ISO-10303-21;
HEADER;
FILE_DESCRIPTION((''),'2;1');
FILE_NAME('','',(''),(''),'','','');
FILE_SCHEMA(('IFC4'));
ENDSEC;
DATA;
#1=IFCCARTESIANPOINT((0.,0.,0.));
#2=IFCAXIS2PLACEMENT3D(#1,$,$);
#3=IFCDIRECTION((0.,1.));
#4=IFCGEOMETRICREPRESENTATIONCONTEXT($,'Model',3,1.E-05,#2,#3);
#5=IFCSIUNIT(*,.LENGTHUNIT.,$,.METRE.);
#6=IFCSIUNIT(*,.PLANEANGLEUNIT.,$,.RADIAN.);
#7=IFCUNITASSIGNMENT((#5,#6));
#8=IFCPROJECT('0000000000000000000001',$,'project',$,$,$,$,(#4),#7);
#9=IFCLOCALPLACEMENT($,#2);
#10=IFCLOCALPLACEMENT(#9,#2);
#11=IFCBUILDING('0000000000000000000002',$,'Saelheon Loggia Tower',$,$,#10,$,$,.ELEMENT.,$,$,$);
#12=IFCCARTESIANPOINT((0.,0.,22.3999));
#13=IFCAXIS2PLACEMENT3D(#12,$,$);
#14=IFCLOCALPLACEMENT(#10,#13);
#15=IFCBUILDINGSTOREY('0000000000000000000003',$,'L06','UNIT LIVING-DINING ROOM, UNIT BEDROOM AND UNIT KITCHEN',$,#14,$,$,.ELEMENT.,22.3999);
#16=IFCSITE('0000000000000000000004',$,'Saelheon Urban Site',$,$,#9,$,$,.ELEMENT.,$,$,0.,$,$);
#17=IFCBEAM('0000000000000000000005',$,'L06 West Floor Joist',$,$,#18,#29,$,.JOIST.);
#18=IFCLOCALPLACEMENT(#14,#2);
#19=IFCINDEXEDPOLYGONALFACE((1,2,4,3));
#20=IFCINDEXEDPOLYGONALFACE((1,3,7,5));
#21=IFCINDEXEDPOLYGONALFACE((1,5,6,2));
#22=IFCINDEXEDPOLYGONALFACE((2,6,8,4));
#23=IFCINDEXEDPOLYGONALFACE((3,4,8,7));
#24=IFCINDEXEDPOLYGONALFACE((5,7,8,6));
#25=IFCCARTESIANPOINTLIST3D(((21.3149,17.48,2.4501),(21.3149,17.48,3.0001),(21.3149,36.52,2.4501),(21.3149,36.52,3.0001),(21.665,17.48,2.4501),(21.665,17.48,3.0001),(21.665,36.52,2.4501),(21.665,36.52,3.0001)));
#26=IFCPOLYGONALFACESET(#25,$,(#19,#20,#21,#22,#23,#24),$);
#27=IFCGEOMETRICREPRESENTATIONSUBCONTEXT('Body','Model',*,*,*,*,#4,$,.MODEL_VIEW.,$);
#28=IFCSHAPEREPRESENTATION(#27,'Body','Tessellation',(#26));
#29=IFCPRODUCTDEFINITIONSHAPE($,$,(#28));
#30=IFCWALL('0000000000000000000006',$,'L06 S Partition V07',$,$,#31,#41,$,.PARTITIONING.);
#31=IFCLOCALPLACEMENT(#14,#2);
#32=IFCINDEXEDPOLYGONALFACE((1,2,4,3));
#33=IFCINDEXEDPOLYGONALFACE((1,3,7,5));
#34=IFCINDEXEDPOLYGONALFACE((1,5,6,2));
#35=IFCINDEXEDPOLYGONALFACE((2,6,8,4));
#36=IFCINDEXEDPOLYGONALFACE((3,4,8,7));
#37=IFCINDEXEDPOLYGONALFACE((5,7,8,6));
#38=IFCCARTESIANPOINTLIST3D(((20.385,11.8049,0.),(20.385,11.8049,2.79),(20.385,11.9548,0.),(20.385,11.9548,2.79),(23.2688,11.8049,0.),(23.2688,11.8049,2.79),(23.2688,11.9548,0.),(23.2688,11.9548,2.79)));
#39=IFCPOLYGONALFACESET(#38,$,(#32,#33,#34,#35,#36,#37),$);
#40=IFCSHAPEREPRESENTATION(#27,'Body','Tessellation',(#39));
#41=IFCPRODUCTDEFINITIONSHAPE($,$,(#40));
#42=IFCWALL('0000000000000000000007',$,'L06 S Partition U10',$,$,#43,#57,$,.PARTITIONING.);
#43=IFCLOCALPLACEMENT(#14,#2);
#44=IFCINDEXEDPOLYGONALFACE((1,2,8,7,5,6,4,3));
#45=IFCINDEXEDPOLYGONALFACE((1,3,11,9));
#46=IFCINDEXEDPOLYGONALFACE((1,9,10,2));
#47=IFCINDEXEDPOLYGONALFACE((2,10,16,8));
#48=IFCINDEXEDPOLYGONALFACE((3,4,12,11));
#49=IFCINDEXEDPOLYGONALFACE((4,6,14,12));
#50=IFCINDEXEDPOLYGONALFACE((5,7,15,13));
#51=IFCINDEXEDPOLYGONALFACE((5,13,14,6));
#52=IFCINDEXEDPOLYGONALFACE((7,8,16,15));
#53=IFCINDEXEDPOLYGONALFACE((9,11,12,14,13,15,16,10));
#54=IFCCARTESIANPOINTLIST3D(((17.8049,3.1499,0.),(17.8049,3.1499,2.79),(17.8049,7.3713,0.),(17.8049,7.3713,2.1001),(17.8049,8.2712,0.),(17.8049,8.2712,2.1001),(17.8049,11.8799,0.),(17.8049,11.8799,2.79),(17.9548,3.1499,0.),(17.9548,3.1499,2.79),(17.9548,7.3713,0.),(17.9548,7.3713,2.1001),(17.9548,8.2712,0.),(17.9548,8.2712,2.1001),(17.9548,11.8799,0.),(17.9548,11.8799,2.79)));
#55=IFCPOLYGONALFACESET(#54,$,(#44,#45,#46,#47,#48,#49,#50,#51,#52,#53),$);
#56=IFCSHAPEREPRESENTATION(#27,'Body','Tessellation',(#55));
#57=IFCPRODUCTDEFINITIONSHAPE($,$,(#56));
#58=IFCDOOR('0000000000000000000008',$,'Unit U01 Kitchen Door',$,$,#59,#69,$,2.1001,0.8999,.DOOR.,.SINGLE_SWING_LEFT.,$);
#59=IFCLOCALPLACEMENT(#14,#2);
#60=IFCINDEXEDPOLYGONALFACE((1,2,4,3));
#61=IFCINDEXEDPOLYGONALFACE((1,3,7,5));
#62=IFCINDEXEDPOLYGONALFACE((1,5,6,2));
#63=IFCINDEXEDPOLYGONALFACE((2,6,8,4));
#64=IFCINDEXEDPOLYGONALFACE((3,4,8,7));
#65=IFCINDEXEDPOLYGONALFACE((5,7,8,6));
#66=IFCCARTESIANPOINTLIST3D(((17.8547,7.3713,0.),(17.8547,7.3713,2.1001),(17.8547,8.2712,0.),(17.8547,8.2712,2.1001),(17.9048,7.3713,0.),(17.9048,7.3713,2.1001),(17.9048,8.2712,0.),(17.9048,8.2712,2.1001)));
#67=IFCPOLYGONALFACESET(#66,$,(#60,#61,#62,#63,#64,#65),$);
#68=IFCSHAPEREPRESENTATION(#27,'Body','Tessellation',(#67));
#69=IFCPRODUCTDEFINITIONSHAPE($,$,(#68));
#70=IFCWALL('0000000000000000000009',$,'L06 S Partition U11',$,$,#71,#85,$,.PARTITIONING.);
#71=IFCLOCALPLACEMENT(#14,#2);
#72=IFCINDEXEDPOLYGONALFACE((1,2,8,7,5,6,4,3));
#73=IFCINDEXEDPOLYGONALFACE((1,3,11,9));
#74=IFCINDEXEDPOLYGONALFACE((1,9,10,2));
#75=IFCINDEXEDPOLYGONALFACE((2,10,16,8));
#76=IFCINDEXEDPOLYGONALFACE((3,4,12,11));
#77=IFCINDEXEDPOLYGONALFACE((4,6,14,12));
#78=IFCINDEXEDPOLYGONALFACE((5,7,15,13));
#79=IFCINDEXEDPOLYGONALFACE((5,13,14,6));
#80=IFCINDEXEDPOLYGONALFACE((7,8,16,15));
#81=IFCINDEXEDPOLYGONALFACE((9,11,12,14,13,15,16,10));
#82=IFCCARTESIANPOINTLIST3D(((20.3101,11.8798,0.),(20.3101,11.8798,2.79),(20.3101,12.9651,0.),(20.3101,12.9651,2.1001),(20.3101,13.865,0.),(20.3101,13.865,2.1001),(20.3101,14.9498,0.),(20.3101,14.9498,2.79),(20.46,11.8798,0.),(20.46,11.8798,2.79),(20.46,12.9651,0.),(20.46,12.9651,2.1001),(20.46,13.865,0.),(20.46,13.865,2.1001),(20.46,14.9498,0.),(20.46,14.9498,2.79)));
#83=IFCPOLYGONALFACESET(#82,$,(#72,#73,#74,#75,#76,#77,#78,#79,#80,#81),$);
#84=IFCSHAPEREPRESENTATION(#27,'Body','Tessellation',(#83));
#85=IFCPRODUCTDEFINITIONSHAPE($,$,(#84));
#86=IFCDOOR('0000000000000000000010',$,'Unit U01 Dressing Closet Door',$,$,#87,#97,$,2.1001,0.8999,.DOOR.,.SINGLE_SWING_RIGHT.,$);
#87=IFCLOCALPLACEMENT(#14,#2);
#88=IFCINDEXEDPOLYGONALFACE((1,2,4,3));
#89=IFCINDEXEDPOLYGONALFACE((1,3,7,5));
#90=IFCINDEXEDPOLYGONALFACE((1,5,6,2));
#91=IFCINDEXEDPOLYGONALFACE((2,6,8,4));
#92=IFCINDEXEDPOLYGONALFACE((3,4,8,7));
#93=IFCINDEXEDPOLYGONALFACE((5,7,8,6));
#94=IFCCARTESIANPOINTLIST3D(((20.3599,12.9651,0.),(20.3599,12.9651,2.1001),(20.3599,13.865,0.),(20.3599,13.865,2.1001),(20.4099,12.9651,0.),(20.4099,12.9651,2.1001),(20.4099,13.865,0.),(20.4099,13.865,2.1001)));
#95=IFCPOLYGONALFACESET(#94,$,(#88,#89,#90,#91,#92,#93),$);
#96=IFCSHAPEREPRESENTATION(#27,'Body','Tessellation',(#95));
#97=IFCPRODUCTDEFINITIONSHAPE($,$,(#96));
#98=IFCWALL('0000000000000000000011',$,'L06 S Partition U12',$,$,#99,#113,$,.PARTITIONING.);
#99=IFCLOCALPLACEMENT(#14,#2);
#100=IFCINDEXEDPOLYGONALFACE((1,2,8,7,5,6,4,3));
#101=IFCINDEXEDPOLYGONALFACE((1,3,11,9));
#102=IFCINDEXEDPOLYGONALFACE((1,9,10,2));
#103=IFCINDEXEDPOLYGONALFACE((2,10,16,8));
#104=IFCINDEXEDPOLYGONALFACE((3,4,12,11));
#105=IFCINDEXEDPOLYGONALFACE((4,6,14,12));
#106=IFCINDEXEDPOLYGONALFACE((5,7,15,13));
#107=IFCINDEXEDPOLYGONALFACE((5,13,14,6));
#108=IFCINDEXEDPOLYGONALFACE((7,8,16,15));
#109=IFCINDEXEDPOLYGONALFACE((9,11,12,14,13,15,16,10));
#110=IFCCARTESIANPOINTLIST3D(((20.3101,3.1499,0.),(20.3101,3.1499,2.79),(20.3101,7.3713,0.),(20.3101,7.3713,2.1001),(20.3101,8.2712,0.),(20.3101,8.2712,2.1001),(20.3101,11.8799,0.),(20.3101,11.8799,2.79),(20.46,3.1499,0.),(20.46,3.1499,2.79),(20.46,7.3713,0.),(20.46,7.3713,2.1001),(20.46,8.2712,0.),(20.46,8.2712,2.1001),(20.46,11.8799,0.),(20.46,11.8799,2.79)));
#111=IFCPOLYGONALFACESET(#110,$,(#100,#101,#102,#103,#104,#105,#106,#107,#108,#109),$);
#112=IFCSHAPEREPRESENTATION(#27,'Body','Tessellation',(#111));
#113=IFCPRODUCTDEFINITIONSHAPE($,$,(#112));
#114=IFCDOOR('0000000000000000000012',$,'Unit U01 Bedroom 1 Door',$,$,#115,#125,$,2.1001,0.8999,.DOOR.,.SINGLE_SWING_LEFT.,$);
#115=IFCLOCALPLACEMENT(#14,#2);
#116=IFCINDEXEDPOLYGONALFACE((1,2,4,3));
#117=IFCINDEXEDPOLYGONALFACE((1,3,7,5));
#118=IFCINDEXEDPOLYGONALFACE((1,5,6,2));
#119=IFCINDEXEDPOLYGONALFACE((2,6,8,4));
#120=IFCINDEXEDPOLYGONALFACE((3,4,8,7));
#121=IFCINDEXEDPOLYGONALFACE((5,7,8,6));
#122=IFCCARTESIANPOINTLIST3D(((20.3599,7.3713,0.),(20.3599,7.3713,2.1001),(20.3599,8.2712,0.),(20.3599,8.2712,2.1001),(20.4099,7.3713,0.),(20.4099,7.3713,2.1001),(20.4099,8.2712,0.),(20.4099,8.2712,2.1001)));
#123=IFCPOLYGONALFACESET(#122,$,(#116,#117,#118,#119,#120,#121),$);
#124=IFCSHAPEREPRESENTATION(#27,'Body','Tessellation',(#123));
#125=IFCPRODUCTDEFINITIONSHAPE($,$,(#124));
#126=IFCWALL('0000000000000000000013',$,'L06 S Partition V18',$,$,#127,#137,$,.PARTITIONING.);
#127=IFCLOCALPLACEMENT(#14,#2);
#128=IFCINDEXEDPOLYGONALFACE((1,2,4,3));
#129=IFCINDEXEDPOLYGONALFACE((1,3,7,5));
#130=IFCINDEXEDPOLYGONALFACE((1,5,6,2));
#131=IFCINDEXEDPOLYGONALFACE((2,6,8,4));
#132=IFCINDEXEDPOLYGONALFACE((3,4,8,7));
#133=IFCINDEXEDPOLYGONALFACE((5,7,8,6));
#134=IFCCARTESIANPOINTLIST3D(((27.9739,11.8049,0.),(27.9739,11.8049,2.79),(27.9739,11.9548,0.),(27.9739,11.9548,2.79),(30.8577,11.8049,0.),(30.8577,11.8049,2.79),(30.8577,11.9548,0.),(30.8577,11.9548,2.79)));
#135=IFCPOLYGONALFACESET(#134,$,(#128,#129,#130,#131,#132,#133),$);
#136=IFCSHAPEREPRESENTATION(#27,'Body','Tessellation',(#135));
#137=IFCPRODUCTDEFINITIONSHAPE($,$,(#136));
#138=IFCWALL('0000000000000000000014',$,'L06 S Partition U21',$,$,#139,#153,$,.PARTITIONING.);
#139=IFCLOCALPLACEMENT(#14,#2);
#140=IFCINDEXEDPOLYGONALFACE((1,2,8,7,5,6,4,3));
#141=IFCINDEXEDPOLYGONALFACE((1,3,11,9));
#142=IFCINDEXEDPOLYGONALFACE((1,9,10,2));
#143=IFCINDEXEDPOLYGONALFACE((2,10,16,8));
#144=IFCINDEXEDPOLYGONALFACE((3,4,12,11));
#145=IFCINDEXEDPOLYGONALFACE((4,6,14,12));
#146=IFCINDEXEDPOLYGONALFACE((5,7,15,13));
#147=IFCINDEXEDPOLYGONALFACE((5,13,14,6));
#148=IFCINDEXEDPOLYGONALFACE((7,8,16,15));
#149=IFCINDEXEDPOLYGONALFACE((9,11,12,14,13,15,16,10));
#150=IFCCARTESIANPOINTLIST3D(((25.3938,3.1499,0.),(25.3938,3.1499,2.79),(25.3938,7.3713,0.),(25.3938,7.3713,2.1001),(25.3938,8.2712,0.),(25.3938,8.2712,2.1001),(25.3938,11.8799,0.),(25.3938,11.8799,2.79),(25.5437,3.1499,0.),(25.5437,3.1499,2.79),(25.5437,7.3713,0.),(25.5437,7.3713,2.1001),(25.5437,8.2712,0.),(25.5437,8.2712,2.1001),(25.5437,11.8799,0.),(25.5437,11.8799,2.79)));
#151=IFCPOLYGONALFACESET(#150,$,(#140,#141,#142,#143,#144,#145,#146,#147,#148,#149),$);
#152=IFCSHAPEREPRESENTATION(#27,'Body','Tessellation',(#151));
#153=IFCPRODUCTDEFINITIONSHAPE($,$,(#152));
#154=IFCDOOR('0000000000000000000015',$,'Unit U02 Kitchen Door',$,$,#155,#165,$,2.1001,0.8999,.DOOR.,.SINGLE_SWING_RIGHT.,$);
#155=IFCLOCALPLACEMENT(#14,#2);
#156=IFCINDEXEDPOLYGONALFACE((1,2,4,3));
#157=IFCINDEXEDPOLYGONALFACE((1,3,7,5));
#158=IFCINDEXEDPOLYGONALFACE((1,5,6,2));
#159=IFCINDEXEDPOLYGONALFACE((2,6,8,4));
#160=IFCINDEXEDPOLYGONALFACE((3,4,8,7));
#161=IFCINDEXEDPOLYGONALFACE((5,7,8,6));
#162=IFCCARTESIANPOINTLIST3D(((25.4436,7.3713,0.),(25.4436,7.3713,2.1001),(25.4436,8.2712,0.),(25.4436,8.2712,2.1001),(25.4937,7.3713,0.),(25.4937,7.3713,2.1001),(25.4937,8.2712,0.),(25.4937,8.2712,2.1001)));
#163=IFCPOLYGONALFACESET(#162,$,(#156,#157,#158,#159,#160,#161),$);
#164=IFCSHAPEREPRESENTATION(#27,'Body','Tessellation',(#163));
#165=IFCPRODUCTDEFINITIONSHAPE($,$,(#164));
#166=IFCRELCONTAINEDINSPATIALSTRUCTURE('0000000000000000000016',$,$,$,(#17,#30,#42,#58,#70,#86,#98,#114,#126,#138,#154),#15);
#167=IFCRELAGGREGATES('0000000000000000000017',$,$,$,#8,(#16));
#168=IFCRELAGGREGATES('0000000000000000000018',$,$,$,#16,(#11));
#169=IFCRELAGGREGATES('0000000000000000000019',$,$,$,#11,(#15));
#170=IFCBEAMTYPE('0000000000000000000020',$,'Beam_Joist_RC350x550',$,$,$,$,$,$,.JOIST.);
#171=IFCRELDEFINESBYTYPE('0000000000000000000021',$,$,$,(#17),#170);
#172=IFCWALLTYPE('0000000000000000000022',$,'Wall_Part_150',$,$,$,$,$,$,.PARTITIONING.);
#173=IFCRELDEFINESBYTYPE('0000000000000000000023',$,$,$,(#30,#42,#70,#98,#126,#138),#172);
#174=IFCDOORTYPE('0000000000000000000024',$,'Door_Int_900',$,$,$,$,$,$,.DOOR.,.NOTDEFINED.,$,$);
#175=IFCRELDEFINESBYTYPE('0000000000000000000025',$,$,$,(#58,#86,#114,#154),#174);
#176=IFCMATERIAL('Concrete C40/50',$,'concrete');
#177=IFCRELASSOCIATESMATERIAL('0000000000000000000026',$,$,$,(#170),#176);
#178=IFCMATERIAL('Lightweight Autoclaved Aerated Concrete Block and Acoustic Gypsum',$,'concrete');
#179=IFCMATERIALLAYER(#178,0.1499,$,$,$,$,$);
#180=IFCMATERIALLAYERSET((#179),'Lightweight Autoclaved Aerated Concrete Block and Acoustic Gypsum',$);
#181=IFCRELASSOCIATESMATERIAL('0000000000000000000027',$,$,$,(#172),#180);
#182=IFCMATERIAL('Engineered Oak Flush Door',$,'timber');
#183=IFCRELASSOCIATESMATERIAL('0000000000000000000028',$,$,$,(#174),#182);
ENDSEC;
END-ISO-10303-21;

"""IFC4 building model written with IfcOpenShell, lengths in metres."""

from ifc_helpers import new_model, si_unit, direction, frame, frame_2d, origin, origin_2d, place, context, subcontext, project, spatial, rectangle, extrude, source, transform, mapped, material, layer, layer_set, material_profile, profile_set, type_object, element, fill, save


model = new_model("IFC4")

# Units and contexts
model_context = context("Model", 3, precision=1e-05, world=origin(), true_north=direction((0.0, 1.0)))
body_context = subcontext(model_context, "Body", "Model", "MODEL_VIEW")
ifc_project = project(units=[si_unit("LENGTHUNIT", "METRE"), si_unit("PLANEANGLEUNIT", "RADIAN")], contexts=[model_context])

# Site, building, storey
site_placement = place(None, origin())
site = spatial("IfcSite", under=ifc_project, at=site_placement, Name="Saelheon Urban Site", CompositionType="ELEMENT", RefElevation=0.0)
building_placement = place(site_placement, origin())
building = spatial("IfcBuilding", under=site, at=building_placement, Name="Saelheon Loggia Tower", CompositionType="ELEMENT")
storey_placement = place(building_placement, frame((0.0, 0.0, 22.3999)))
storey = spatial("IfcBuildingStorey", under=building, at=storey_placement, Name="L06", Description="UNIT LIVING-DINING ROOM, UNIT BEDROOM AND UNIT KITCHEN", CompositionType="ELEMENT", Elevation=22.3999)

# Beam
ifc_material_1 = material(Name="Concrete C40/50", Category="concrete")
ifc_material_profile = material_profile(ifc_material_1, rectangle(XDim=0.3501, YDim=0.55, at=origin_2d()), Name="RC-350x550")
ifc_profile_set = profile_set([ifc_material_profile], Name="Concrete C40/50")
beam_type = type_object("IfcBeamType", Name="Beam_Joist_RC350x550", PredefinedType="JOIST", material=ifc_profile_set)
shared_shape_1 = source(origin(), body_context, "Body", "SweptSolid", [
    extrude(rectangle(XDim=0.3501, YDim=0.55, at=origin_2d()), origin(), (0.0, 0.0, 1.0), 19.04),
])
beam_placement = place(storey_placement, frame((21.49, 17.48, 2.7251), z_axis=(0.0, 1.0, 0.0), x_axis=(-1.0, 0.0, 0.0)))
element("IfcBeam", 1, at=beam_placement, inside=storey, type_object=beam_type, Name="L06 West Floor Joist", PredefinedType="JOIST", context=body_context, shape_type="MappedRepresentation", body=[
    mapped(shared_shape_1, transform((0.0, 0.0, 0.0), scale=1.0)),
])

# Wall
ifc_material_2 = material(Name="Lightweight Autoclaved Aerated Concrete Block and Acoustic Gypsum", Category="concrete")
ifc_layer_1 = layer(ifc_material_2, 0.1499)
ifc_layer_set_1 = layer_set([ifc_layer_1], Name="Lightweight Autoclaved Aerated Concrete Block and Acoustic Gypsum")
wall_type_1 = type_object("IfcWallType", Name="Wall_Part_150", PredefinedType="PARTITIONING", material=ifc_layer_set_1)
wall_1_placement = place(storey_placement, frame((20.385, 11.8799, 0.0), z_axis=(0.0, 0.0, 1.0), x_axis=(1.0, 0.0, 0.0)))
element("IfcWall", 2, at=wall_1_placement, inside=storey, type_object=wall_type_1, Name="L06 S Partition V07", PredefinedType="PARTITIONING", context=body_context, shape_type="SweptSolid", body=[
    extrude(rectangle(XDim=2.8838, YDim=0.1499, at=frame_2d((1.4419, 0.0))), origin(), (0.0, 0.0, 1.0), 2.79),
])

# Walls, openings, doors
wall_2_placement = place(storey_placement, frame((17.8799, 11.8799, 0.0), z_axis=(0.0, 0.0, 1.0), x_axis=(0.0, -1.0, 0.0)))
wall_2 = element("IfcWall", 3, at=wall_2_placement, inside=storey, type_object=wall_type_1, Name="L06 S Partition U10", PredefinedType="PARTITIONING", context=body_context, shape_type="SweptSolid", body=[
    extrude(rectangle(XDim=8.73, YDim=0.1499, at=frame_2d((4.365, 0.0))), origin(), (0.0, 0.0, 1.0), 2.79),
])
opening_1_placement = place(wall_2_placement, frame((3.6086, 0.0, 0.0)))
opening_1 = element("IfcOpeningElement", 4, at=opening_1_placement, cuts=wall_2, PredefinedType="OPENING", context=body_context, shape_type="SweptSolid", body=[
    extrude(rectangle(XDim=0.8999, YDim=2.1001, at=frame_2d((0.45, 1.05))), frame((0.0, 0.0869, 0.0), z_axis=(0.0, -1.0, 0.0), x_axis=(1.0, 0.0, 0.0)), (0.0, 0.0, 1.0), 0.1738),
])
ifc_material_3 = material(Name="Engineered Oak Flush Door", Category="timber")
door_type_1 = type_object("IfcDoorType", Name="Door_Int_900", OperationType="NOTDEFINED", PredefinedType="DOOR", material=ifc_material_3)
shared_shape_2 = source(origin(), body_context, "Body", "SweptSolid", [
    extrude(rectangle(XDim=0.8999, YDim=2.1001, at=frame_2d((0.45, 1.05))), frame((0.0, 0.0249, 0.0), z_axis=(0.0, -1.0, 0.0), x_axis=(1.0, 0.0, 0.0)), (0.0, 0.0, 1.0), 0.05),
])
door_1_placement = place(opening_1_placement, origin())
door_1 = element("IfcDoor", 5, at=door_1_placement, inside=storey, type_object=door_type_1, Name="Unit U01 Kitchen Door", OperationType="SINGLE_SWING_LEFT", OverallHeight=2.1001, OverallWidth=0.8999, PredefinedType="DOOR", context=body_context, shape_type="MappedRepresentation", body=[
    mapped(shared_shape_2, transform((0.0, 0.0, 0.0), scale=1.0)),
])
fill(opening_1, door_1)
wall_3_placement = place(storey_placement, frame((20.385, 14.95, 0.0), z_axis=(0.0, 0.0, 1.0), x_axis=(0.0, -1.0, 0.0)))
wall_3 = element("IfcWall", 6, at=wall_3_placement, inside=storey, type_object=wall_type_1, Name="L06 S Partition U11", PredefinedType="PARTITIONING", context=body_context, shape_type="SweptSolid", body=[
    extrude(rectangle(XDim=3.0701, YDim=0.1499, at=frame_2d((1.5352, 0.0))), origin(), (0.0, 0.0, 1.0), 2.79),
])
opening_2_placement = place(wall_3_placement, frame((1.085, 0.0, 0.0)))
opening_2 = element("IfcOpeningElement", 7, at=opening_2_placement, cuts=wall_3, PredefinedType="OPENING", context=body_context, shape_type="SweptSolid", body=[
    extrude(rectangle(XDim=0.8999, YDim=2.1001, at=frame_2d((0.45, 1.05))), frame((0.0, 0.0869, 0.0), z_axis=(0.0, -1.0, 0.0), x_axis=(1.0, 0.0, 0.0)), (0.0, 0.0, 1.0), 0.1738),
])
door_2_placement = place(opening_2_placement, origin())
door_2 = element("IfcDoor", 8, at=door_2_placement, inside=storey, type_object=door_type_1, Name="Unit U01 Dressing Closet Door", OperationType="SINGLE_SWING_RIGHT", OverallHeight=2.1001, OverallWidth=0.8999, PredefinedType="DOOR", context=body_context, shape_type="MappedRepresentation", body=[
    mapped(shared_shape_2, transform((0.0, 0.0, 0.0), scale=1.0)),
])
fill(opening_2, door_2)
wall_4_placement = place(storey_placement, frame((20.385, 11.8799, 0.0), z_axis=(0.0, 0.0, 1.0), x_axis=(0.0, -1.0, 0.0)))
wall_4 = element("IfcWall", 9, at=wall_4_placement, inside=storey, type_object=wall_type_1, Name="L06 S Partition U12", PredefinedType="PARTITIONING", context=body_context, shape_type="SweptSolid", body=[
    extrude(rectangle(XDim=8.73, YDim=0.1499, at=frame_2d((4.365, 0.0))), origin(), (0.0, 0.0, 1.0), 2.79),
])
opening_3_placement = place(wall_4_placement, frame((3.6086, 0.0, 0.0)))
opening_3 = element("IfcOpeningElement", 10, at=opening_3_placement, cuts=wall_4, PredefinedType="OPENING", context=body_context, shape_type="SweptSolid", body=[
    extrude(rectangle(XDim=0.8999, YDim=2.1001, at=frame_2d((0.45, 1.05))), frame((0.0, 0.0869, 0.0), z_axis=(0.0, -1.0, 0.0), x_axis=(1.0, 0.0, 0.0)), (0.0, 0.0, 1.0), 0.1738),
])
door_3_placement = place(opening_3_placement, origin())
door_3 = element("IfcDoor", 11, at=door_3_placement, inside=storey, type_object=door_type_1, Name="Unit U01 Bedroom 1 Door", OperationType="SINGLE_SWING_LEFT", OverallHeight=2.1001, OverallWidth=0.8999, PredefinedType="DOOR", context=body_context, shape_type="MappedRepresentation", body=[
    mapped(shared_shape_2, transform((0.0, 0.0, 0.0), scale=1.0)),
])
fill(opening_3, door_3)

# Wall
wall_5_placement = place(storey_placement, frame((27.9739, 11.8799, 0.0), z_axis=(0.0, 0.0, 1.0), x_axis=(1.0, 0.0, 0.0)))
element("IfcWall", 12, at=wall_5_placement, inside=storey, type_object=wall_type_1, Name="L06 S Partition V18", PredefinedType="PARTITIONING", context=body_context, shape_type="SweptSolid", body=[
    extrude(rectangle(XDim=2.8838, YDim=0.1499, at=frame_2d((1.4419, 0.0))), origin(), (0.0, 0.0, 1.0), 2.79),
])

# Wall, opening, door
wall_6_placement = place(storey_placement, frame((25.4688, 11.8799, 0.0), z_axis=(0.0, 0.0, 1.0), x_axis=(0.0, -1.0, 0.0)))
wall_6 = element("IfcWall", 13, at=wall_6_placement, inside=storey, type_object=wall_type_1, Name="L06 S Partition U21", PredefinedType="PARTITIONING", context=body_context, shape_type="SweptSolid", body=[
    extrude(rectangle(XDim=8.73, YDim=0.1499, at=frame_2d((4.365, 0.0))), origin(), (0.0, 0.0, 1.0), 2.79),
])
opening_4_placement = place(wall_6_placement, frame((3.6086, 0.0, 0.0)))
opening_4 = element("IfcOpeningElement", 14, at=opening_4_placement, cuts=wall_6, PredefinedType="OPENING", context=body_context, shape_type="SweptSolid", body=[
    extrude(rectangle(XDim=0.8999, YDim=2.1001, at=frame_2d((0.45, 1.05))), frame((0.0, 0.0869, 0.0), z_axis=(0.0, -1.0, 0.0), x_axis=(1.0, 0.0, 0.0)), (0.0, 0.0, 1.0), 0.1738),
])
door_4_placement = place(opening_4_placement, origin())
door_4 = element("IfcDoor", 15, at=door_4_placement, inside=storey, type_object=door_type_1, Name="Unit U02 Kitchen Door", OperationType="SINGLE_SWING_RIGHT", OverallHeight=2.1001, OverallWidth=0.8999, PredefinedType="DOOR", context=body_context, shape_type="MappedRepresentation", body=[
    mapped(shared_shape_2, transform((0.0, 0.0, 0.0), scale=1.0)),
])
fill(opening_4, door_4)

save(model, "model.ifc")
